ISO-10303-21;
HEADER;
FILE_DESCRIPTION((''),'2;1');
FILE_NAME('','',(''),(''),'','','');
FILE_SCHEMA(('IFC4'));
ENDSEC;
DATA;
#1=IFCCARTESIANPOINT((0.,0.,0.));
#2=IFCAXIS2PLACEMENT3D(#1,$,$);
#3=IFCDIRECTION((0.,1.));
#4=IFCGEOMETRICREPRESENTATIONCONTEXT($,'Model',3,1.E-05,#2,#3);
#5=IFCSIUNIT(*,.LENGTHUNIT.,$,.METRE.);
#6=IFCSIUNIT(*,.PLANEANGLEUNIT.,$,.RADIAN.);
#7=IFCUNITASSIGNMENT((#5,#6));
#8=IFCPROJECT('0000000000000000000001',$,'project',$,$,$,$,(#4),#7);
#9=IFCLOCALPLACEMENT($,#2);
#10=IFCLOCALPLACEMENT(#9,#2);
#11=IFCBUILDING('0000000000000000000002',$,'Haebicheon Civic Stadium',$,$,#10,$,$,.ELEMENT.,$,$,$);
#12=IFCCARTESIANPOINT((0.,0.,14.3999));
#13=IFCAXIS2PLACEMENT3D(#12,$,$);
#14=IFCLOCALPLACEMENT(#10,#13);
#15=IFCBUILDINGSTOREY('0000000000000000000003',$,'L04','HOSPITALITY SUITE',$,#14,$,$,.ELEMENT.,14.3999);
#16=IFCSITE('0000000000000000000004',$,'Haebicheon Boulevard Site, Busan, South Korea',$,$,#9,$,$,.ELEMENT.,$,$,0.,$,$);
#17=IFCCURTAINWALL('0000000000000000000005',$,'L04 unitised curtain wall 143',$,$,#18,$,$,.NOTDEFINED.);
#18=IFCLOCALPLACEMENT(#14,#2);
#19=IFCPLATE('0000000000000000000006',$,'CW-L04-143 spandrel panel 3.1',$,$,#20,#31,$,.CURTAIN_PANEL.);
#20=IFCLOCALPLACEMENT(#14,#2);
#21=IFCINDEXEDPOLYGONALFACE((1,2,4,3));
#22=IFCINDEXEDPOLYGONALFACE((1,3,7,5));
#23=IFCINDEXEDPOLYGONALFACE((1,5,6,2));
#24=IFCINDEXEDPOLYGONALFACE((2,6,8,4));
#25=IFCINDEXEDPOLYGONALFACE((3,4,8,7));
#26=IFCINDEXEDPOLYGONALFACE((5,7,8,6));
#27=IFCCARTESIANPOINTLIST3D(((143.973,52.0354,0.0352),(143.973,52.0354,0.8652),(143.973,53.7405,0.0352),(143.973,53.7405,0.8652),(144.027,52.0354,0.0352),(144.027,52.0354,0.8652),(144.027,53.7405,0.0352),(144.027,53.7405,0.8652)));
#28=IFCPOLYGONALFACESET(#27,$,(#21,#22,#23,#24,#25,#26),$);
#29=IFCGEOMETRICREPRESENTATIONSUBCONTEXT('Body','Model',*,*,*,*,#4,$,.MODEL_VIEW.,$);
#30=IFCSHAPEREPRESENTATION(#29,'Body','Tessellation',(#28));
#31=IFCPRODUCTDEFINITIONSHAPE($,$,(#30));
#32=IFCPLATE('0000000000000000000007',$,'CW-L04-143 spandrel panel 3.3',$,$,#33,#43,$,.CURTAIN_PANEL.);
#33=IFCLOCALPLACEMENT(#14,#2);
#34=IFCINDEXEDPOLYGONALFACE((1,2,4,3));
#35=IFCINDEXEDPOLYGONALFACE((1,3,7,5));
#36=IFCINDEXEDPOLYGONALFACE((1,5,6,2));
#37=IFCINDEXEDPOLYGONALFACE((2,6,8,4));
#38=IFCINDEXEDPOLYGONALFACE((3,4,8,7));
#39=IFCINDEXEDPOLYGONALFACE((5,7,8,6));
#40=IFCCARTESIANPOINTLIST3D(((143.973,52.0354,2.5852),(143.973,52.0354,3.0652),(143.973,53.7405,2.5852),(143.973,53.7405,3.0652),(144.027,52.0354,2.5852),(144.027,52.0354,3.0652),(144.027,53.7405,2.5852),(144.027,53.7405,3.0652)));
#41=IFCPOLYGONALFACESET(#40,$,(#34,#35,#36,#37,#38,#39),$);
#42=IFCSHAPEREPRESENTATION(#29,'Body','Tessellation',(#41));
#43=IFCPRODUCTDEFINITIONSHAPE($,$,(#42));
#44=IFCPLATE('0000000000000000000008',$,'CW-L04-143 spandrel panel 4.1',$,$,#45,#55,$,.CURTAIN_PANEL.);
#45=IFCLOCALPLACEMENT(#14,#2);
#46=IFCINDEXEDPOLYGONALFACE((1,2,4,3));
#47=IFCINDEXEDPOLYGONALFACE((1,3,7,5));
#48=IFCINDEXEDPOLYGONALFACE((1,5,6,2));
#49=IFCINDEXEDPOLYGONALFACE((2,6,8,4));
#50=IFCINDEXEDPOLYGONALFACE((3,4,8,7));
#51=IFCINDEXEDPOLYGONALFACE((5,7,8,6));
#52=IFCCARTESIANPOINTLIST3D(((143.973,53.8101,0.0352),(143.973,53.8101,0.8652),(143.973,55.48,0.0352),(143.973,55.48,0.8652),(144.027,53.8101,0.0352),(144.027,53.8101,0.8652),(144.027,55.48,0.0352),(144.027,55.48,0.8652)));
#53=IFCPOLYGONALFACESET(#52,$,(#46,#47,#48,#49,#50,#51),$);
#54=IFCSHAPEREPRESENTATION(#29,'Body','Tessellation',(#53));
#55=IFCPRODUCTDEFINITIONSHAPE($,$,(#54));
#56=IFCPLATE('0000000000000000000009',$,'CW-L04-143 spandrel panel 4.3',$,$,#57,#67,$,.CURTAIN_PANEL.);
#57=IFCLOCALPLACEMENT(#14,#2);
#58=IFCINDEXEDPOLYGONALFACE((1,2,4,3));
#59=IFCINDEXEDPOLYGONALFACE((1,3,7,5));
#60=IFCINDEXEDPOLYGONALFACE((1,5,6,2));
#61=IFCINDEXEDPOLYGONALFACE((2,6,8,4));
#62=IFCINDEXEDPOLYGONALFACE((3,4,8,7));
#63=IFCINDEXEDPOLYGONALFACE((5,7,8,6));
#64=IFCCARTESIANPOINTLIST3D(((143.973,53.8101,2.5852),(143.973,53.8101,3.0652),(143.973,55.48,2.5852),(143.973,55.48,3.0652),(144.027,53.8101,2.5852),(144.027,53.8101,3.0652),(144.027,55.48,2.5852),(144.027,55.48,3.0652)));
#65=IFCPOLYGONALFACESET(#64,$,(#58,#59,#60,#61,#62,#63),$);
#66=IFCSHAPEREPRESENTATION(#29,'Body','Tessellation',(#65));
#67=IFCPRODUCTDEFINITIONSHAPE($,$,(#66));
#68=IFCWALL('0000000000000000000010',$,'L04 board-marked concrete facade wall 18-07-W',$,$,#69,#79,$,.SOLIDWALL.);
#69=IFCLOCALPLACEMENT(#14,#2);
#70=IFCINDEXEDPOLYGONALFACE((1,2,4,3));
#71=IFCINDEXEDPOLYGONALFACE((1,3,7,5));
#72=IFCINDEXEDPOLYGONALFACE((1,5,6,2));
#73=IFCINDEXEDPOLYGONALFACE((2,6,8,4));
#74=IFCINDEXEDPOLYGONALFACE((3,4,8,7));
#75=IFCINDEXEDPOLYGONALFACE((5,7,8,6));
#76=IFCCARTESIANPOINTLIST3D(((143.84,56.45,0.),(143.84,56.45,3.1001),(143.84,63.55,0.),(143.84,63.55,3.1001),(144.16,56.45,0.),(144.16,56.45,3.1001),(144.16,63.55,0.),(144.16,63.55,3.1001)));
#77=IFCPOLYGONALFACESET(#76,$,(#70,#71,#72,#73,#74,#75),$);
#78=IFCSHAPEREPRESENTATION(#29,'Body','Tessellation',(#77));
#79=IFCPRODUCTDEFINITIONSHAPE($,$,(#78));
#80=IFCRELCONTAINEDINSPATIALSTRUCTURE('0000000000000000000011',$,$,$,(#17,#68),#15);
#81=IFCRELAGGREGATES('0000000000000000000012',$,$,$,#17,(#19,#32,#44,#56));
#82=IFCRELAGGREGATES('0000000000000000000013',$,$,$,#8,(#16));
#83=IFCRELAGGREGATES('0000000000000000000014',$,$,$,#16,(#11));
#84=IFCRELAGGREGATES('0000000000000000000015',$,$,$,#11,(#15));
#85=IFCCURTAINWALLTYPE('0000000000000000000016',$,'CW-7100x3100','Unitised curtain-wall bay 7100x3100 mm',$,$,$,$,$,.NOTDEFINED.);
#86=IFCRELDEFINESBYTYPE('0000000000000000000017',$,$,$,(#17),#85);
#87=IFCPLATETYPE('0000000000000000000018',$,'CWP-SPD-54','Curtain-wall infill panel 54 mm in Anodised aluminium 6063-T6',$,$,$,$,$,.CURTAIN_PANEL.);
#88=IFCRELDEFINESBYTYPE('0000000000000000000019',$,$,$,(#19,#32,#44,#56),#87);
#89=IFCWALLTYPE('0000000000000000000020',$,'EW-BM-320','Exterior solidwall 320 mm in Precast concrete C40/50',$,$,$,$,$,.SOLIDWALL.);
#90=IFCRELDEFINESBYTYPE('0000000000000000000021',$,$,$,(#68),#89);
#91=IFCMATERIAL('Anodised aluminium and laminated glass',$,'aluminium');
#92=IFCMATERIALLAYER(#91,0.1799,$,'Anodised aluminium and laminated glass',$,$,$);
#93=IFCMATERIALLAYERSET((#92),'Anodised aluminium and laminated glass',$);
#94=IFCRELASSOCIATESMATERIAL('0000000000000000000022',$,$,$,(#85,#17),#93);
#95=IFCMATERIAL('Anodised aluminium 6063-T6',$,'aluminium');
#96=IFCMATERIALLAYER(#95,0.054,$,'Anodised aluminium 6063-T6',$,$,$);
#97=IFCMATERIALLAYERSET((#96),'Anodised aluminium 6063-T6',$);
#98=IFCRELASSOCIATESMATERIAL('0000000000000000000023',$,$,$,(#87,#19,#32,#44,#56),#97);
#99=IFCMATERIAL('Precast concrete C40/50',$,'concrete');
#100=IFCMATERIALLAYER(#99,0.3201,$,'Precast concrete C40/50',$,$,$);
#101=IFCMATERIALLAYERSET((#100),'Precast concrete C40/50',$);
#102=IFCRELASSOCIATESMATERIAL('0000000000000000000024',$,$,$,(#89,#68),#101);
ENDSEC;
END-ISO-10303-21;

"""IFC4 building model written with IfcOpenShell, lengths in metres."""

from ifc_helpers import new_model, si_unit, direction, frame, frame_2d, origin, origin_2d, place, context, subcontext, project, spatial, rectangle, extrude, material, layer, layer_set, type_object, element, aggregate, save


model = new_model("IFC4")

# Units and contexts
model_context = context("Model", 3, precision=1e-05, world=origin(), true_north=direction((0.0, 1.0)))
body_context = subcontext(model_context, "Body", "Model", "MODEL_VIEW")
ifc_project = project(units=[si_unit("LENGTHUNIT", "METRE"), si_unit("PLANEANGLEUNIT", "RADIAN")], contexts=[model_context])

# Site, building, storey
site_placement = place(None, origin())
site = spatial("IfcSite", under=ifc_project, at=site_placement, Name="Haebicheon Boulevard Site, Busan, South Korea", CompositionType="ELEMENT", RefElevation=0.0)
building_placement = place(site_placement, origin())
building = spatial("IfcBuilding", under=site, at=building_placement, Name="Haebicheon Civic Stadium", CompositionType="ELEMENT")
storey_placement = place(building_placement, frame((0.0, 0.0, 14.3999)))
storey = spatial("IfcBuildingStorey", under=building, at=storey_placement, Name="L04", Description="HOSPITALITY SUITE", CompositionType="ELEMENT", Elevation=14.3999)

# Curtain wall
ifc_material_1 = material(Name="Anodised aluminium and laminated glass", Category="aluminium")
ifc_layer_1 = layer(ifc_material_1, 0.1799, Name="Anodised aluminium and laminated glass")
ifc_layer_set_1 = layer_set([ifc_layer_1], Name="Anodised aluminium and laminated glass")
curtain_wall_type = type_object("IfcCurtainWallType", Name="CW-7100x3100", Description="Unitised curtain-wall bay 7100x3100 mm", PredefinedType="NOTDEFINED", material=ifc_layer_set_1)
curtain_wall_placement = place(storey_placement, origin())
curtain_wall = element("IfcCurtainWall", 1, at=curtain_wall_placement, inside=storey, type_object=curtain_wall_type, material=ifc_layer_set_1, Name="L04 unitised curtain wall 143", PredefinedType="NOTDEFINED")

# Plates
ifc_material_2 = material(Name="Anodised aluminium 6063-T6", Category="aluminium")
ifc_layer_2 = layer(ifc_material_2, 0.054, Name="Anodised aluminium 6063-T6")
ifc_layer_set_2 = layer_set([ifc_layer_2], Name="Anodised aluminium 6063-T6")
plate_type_1 = type_object("IfcPlateType", Name="CWP-SPD-54", Description="Curtain-wall infill panel 54 mm in Anodised aluminium 6063-T6", PredefinedType="CURTAIN_PANEL", material=ifc_layer_set_2)
plate_1_placement = place(storey_placement, frame((144.0, 52.8879, 0.0352), z_axis=(0.0, 0.0, 1.0), x_axis=(0.0, 1.0, 0.0)))
plate_1 = element("IfcPlate", 2, at=plate_1_placement, type_object=plate_type_1, material=ifc_layer_set_2, Name="CW-L04-143 spandrel panel 3.1", PredefinedType="CURTAIN_PANEL", context=body_context, shape_type="SweptSolid", body=[
    extrude(rectangle(XDim=1.7051, YDim=0.054, at=origin_2d()), origin(), (0.0, 0.0, 1.0), 0.8301),
])
plate_2_placement = place(storey_placement, frame((144.0, 52.8879, 2.5852), z_axis=(0.0, 0.0, 1.0), x_axis=(0.0, 1.0, 0.0)))
plate_2 = element("IfcPlate", 3, at=plate_2_placement, type_object=plate_type_1, material=ifc_layer_set_2, Name="CW-L04-143 spandrel panel 3.3", PredefinedType="CURTAIN_PANEL", context=body_context, shape_type="SweptSolid", body=[
    extrude(rectangle(XDim=1.7051, YDim=0.054, at=origin_2d()), origin(), (0.0, 0.0, 1.0), 0.48),
])
plate_3_placement = place(storey_placement, frame((144.0, 54.645, 0.0352), z_axis=(0.0, 0.0, 1.0), x_axis=(0.0, 1.0, 0.0)))
plate_3 = element("IfcPlate", 4, at=plate_3_placement, type_object=plate_type_1, material=ifc_layer_set_2, Name="CW-L04-143 spandrel panel 4.1", PredefinedType="CURTAIN_PANEL", context=body_context, shape_type="SweptSolid", body=[
    extrude(rectangle(XDim=1.6699, YDim=0.054, at=origin_2d()), origin(), (0.0, 0.0, 1.0), 0.8301),
])
plate_4_placement = place(storey_placement, frame((144.0, 54.645, 2.5852), z_axis=(0.0, 0.0, 1.0), x_axis=(0.0, 1.0, 0.0)))
plate_4 = element("IfcPlate", 5, at=plate_4_placement, type_object=plate_type_1, material=ifc_layer_set_2, Name="CW-L04-143 spandrel panel 4.3", PredefinedType="CURTAIN_PANEL", context=body_context, shape_type="SweptSolid", body=[
    extrude(rectangle(XDim=1.6699, YDim=0.054, at=origin_2d()), origin(), (0.0, 0.0, 1.0), 0.48),
])
aggregate(curtain_wall, [plate_1, plate_2, plate_3, plate_4])

# Wall
ifc_material_3 = material(Name="Precast concrete C40/50", Category="concrete")
ifc_layer_3 = layer(ifc_material_3, 0.3201, Name="Precast concrete C40/50")
ifc_layer_set_3 = layer_set([ifc_layer_3], Name="Precast concrete C40/50")
wall_type = type_object("IfcWallType", Name="EW-BM-320", Description="Exterior solidwall 320 mm in Precast concrete C40/50", PredefinedType="SOLIDWALL", material=ifc_layer_set_3)
wall_placement = place(storey_placement, frame((144.0, 56.45, 0.0), z_axis=(0.0, 0.0, 1.0), x_axis=(0.0, 1.0, 0.0)))
element("IfcWall", 6, at=wall_placement, inside=storey, type_object=wall_type, material=ifc_layer_set_3, Name="L04 board-marked concrete facade wall 18-07-W", PredefinedType="SOLIDWALL", context=body_context, shape_type="SweptSolid", body=[
    extrude(rectangle(XDim=7.1001, YDim=0.3201, at=frame_2d((3.55, 0.0))), origin(), (0.0, 0.0, 1.0), 3.1001),
])

save(model, "model.ifc")
